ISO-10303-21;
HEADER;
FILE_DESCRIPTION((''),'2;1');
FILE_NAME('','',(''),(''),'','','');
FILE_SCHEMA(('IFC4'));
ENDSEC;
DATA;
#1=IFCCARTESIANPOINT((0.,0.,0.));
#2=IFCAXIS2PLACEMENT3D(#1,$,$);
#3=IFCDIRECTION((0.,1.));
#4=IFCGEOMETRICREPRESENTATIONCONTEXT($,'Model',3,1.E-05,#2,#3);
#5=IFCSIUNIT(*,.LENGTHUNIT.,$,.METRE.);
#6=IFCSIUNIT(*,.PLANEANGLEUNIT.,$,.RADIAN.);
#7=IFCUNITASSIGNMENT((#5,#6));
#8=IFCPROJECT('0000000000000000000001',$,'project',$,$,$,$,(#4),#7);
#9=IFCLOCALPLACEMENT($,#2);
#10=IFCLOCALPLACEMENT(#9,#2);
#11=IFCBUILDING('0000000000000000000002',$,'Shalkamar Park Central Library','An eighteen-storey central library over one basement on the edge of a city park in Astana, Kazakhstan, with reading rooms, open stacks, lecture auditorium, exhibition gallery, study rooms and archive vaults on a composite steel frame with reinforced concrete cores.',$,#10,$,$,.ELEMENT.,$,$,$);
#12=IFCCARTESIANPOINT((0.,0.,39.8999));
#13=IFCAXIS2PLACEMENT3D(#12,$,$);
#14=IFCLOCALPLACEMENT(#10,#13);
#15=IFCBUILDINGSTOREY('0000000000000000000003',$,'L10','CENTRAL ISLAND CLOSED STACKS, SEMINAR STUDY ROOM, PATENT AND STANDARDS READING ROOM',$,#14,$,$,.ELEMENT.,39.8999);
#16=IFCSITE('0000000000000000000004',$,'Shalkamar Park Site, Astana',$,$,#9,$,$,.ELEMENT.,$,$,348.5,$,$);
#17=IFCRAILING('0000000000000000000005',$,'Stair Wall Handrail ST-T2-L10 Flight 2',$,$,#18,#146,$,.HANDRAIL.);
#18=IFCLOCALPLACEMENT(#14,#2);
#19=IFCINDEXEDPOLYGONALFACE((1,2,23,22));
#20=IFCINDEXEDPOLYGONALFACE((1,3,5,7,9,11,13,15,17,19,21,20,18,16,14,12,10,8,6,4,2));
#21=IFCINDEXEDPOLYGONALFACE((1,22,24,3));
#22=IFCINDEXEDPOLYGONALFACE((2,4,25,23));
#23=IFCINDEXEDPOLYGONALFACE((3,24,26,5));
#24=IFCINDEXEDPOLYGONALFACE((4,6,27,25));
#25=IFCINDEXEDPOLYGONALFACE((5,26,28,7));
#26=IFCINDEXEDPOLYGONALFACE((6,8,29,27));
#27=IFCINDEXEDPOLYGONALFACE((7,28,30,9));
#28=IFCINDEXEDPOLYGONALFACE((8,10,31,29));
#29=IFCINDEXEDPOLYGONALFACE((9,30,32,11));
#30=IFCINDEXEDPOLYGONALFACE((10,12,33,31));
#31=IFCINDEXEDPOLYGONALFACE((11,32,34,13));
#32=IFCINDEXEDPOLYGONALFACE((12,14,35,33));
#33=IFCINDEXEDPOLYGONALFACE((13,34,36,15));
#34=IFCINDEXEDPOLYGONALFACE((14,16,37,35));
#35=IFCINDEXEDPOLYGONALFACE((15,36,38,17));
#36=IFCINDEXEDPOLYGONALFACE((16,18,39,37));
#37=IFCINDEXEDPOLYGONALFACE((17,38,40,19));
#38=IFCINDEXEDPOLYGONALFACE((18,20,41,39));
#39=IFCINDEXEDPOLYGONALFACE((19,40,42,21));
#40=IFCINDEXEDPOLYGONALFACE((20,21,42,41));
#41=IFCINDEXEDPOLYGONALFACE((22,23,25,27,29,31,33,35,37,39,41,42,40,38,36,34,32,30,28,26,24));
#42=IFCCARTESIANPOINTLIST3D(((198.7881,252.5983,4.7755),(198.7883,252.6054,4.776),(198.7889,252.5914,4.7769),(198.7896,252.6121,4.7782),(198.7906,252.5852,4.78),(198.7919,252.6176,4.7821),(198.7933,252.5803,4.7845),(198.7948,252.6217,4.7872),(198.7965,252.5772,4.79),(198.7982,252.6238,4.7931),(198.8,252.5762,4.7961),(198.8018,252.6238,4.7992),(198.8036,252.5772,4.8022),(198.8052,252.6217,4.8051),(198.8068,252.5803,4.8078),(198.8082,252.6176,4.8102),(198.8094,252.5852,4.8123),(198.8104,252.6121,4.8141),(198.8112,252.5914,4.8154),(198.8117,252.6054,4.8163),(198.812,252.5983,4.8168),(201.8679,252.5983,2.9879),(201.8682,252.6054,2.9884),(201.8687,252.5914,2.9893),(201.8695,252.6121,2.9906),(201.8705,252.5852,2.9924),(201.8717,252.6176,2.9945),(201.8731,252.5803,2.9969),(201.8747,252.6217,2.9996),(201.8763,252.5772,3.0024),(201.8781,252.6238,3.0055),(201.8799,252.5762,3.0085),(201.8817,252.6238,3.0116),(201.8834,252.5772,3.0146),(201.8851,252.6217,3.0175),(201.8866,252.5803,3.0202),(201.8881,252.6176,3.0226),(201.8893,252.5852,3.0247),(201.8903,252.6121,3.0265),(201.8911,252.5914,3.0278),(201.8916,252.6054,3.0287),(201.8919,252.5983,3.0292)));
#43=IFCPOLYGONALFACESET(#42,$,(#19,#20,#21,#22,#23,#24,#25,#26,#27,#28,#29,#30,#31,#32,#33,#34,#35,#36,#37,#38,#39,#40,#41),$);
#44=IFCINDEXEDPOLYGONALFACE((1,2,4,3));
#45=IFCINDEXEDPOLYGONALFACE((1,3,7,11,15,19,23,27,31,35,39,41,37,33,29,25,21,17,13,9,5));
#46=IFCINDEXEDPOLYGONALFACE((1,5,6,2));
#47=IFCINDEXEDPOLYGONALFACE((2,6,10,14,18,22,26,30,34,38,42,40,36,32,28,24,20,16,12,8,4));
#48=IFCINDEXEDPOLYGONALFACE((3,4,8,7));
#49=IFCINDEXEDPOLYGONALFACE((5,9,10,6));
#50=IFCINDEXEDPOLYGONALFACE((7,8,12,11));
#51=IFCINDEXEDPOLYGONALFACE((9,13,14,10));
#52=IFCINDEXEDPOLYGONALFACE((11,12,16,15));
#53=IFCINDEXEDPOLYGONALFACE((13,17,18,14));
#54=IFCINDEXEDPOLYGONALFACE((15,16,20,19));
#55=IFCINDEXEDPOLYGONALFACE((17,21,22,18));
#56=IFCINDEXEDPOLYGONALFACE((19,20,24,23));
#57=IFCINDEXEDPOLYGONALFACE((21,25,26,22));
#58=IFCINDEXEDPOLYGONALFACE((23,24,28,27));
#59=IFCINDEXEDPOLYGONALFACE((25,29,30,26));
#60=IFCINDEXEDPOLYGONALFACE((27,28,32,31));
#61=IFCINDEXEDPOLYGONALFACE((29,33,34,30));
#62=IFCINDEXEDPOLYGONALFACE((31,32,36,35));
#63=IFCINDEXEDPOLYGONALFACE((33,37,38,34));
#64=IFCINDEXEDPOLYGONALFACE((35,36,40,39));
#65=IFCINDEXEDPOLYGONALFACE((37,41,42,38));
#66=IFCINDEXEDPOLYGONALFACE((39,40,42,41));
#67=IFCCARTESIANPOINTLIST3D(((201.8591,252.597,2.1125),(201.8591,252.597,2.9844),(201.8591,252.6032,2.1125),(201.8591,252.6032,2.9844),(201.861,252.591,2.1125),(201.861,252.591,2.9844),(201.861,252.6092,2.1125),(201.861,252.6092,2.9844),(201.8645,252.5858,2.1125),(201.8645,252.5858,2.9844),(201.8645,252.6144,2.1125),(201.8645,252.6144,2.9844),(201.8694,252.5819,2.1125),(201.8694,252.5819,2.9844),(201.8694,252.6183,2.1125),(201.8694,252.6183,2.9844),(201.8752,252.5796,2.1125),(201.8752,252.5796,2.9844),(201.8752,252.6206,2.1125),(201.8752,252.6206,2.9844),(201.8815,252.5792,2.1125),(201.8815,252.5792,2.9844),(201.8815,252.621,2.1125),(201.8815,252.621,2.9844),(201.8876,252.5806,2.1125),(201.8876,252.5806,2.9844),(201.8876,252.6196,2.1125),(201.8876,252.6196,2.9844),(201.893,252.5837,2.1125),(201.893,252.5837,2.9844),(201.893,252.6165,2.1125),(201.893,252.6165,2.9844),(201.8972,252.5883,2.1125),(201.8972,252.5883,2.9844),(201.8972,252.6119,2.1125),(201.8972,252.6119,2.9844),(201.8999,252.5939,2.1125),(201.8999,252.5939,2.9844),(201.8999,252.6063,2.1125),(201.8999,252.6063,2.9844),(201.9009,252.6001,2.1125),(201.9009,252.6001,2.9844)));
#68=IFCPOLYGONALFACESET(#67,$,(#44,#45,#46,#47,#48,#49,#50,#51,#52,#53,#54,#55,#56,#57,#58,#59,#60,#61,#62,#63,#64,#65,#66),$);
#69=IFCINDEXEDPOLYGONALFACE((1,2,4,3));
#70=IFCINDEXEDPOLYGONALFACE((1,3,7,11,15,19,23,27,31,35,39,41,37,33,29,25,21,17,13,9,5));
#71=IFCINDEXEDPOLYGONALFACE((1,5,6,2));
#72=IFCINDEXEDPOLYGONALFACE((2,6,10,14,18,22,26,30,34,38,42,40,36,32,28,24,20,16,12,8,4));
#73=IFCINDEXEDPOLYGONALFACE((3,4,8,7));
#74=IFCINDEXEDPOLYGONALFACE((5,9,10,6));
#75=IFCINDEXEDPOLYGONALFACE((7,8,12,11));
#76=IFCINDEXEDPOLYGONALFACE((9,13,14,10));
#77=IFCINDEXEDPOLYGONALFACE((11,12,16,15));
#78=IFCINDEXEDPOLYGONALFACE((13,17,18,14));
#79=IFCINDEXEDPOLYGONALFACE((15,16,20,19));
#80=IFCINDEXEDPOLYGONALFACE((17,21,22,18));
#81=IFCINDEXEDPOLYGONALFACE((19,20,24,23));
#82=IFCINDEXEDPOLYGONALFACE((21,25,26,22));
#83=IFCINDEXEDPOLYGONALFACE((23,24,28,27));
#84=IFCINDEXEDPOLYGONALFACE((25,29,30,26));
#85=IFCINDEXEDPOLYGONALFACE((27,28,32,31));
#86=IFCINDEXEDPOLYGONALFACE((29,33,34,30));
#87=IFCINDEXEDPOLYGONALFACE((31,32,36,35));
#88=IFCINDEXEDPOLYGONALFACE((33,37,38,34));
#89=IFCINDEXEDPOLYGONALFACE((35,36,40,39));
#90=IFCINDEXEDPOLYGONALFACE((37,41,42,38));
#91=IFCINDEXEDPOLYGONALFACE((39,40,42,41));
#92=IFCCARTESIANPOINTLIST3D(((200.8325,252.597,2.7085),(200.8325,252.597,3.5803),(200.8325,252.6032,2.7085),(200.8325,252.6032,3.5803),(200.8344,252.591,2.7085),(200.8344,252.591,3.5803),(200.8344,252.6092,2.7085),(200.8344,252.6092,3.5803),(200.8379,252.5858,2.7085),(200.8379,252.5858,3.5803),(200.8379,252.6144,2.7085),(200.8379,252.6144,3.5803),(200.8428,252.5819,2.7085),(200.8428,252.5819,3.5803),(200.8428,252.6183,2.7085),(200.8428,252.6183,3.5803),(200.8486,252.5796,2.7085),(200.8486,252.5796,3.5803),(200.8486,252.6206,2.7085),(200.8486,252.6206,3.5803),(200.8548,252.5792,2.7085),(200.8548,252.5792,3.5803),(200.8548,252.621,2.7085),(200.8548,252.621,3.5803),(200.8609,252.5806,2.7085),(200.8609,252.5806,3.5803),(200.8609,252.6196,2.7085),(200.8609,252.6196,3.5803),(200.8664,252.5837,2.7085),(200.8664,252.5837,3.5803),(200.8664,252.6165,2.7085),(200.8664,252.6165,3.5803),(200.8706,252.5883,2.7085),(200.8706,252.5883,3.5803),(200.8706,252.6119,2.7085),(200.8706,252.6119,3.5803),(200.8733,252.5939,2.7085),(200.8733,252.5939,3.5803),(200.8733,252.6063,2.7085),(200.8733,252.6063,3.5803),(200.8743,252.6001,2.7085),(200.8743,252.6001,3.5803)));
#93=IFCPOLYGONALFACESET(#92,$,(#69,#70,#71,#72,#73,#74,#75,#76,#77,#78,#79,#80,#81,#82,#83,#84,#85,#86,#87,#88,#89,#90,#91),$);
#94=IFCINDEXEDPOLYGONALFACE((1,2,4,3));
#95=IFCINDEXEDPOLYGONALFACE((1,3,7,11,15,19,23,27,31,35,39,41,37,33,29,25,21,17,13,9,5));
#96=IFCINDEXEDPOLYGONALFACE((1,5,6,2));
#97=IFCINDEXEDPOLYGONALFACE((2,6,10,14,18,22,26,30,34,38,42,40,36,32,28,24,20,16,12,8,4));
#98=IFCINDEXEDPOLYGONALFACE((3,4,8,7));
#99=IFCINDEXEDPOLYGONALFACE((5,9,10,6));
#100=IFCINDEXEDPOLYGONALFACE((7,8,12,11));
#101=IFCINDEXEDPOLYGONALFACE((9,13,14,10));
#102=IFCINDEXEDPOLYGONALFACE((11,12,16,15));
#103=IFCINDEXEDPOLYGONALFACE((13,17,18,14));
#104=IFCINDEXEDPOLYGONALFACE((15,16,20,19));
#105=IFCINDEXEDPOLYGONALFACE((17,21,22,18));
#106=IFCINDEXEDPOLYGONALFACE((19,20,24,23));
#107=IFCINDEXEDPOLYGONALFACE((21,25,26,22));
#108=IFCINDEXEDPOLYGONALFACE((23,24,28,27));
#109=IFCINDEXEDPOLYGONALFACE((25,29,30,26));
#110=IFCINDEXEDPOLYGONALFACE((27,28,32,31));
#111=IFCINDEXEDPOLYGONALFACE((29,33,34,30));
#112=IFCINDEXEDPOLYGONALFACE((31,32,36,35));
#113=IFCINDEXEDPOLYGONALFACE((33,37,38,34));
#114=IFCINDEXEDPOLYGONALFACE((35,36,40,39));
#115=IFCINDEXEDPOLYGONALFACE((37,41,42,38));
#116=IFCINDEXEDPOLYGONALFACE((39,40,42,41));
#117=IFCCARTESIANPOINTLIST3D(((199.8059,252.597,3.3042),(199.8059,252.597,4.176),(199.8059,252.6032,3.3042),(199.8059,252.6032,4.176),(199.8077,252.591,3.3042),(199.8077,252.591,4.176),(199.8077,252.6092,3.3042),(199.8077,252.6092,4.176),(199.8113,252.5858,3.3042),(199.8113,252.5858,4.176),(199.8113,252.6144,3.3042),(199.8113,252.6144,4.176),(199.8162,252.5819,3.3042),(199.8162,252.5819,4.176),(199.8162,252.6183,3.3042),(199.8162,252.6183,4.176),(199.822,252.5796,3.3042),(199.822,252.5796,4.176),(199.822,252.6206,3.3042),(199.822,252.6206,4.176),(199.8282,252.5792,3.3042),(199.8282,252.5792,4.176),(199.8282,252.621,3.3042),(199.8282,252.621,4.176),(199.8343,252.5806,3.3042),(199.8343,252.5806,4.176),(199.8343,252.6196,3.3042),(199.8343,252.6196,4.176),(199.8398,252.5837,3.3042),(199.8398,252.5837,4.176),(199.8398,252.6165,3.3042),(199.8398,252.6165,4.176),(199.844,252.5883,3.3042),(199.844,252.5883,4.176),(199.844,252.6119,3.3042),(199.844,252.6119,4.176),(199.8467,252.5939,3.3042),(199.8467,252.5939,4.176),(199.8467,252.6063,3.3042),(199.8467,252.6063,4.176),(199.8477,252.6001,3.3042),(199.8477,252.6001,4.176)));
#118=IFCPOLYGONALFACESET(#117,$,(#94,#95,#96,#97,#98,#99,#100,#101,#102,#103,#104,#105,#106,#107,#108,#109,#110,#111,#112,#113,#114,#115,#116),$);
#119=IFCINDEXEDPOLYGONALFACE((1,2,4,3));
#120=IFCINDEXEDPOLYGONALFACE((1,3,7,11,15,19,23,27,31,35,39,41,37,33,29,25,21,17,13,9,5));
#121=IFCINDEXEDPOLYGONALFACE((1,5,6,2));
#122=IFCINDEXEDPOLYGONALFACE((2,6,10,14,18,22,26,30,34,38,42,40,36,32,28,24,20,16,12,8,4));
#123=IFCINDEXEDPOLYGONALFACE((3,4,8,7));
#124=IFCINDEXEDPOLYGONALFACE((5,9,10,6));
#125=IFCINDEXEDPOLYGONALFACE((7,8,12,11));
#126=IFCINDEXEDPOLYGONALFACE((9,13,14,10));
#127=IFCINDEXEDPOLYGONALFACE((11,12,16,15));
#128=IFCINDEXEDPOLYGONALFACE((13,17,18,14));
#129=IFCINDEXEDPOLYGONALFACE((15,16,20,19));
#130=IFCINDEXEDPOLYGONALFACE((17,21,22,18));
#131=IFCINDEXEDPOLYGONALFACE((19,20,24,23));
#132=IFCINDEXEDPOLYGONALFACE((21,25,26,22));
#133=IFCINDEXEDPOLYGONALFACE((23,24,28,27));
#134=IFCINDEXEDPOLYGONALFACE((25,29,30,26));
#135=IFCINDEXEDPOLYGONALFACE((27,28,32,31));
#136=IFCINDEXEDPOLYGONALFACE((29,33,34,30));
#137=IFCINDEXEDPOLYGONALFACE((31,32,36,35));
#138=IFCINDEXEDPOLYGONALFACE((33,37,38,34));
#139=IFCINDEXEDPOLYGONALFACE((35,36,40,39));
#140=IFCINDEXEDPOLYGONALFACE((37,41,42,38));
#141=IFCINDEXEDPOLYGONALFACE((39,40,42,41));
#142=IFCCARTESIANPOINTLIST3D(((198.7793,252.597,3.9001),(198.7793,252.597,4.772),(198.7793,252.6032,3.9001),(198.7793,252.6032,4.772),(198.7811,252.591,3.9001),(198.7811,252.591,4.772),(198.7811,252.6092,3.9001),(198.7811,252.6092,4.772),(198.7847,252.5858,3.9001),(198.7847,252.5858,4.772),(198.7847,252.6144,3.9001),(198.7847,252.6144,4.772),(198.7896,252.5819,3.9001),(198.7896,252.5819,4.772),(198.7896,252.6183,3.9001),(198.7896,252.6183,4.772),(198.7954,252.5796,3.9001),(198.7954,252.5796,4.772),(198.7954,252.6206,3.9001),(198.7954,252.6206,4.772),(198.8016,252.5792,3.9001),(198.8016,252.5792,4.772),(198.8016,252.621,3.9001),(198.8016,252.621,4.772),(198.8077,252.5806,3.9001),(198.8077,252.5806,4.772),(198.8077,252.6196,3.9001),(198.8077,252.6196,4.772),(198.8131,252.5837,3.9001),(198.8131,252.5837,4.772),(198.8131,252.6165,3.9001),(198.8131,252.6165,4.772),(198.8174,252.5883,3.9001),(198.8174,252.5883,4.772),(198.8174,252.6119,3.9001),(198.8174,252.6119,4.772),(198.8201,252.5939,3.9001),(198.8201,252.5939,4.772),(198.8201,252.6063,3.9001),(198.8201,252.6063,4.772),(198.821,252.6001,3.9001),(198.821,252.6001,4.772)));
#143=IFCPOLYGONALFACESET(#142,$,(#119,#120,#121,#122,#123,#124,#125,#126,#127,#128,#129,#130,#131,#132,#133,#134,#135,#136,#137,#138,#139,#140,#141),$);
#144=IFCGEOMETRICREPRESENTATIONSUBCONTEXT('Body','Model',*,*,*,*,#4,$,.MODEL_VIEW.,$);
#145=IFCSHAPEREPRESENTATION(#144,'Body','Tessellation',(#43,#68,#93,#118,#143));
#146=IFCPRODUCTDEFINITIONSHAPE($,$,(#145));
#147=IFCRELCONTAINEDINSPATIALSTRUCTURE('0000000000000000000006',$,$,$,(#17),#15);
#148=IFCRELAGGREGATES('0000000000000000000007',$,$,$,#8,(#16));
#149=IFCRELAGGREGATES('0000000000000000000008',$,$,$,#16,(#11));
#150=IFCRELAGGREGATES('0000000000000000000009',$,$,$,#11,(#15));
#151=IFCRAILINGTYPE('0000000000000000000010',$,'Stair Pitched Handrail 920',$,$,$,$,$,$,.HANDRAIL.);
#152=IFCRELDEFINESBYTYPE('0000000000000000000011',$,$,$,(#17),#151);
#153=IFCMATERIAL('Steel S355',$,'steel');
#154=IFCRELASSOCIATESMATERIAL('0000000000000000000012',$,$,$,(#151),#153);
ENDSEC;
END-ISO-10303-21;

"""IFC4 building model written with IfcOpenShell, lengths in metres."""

from ifc_helpers import new_model, si_unit, direction, frame, origin, origin_2d, place, context, subcontext, project, spatial, circle, extrude, material, type_object, element, save


model = new_model("IFC4")

# Units and contexts
model_context = context("Model", 3, precision=1e-05, world=origin(), true_north=direction((0.0, 1.0)))
body_context = subcontext(model_context, "Body", "Model", "MODEL_VIEW")
ifc_project = project(units=[si_unit("LENGTHUNIT", "METRE"), si_unit("PLANEANGLEUNIT", "RADIAN")], contexts=[model_context])

# Site, building, storey
site_placement = place(None, origin())
site = spatial("IfcSite", under=ifc_project, at=site_placement, Name="Shalkamar Park Site, Astana", CompositionType="ELEMENT", RefElevation=348.5)
building_placement = place(site_placement, origin())
building = spatial("IfcBuilding", under=site, at=building_placement, Name="Shalkamar Park Central Library", Description="An eighteen-storey central library over one basement on the edge of a city park in Astana, Kazakhstan, with reading rooms, open stacks, lecture auditorium, exhibition gallery, study rooms and archive vaults on a composite steel frame with reinforced concrete cores.", CompositionType="ELEMENT")
storey_placement = place(building_placement, frame((0.0, 0.0, 39.8999)))
storey = spatial("IfcBuildingStorey", under=building, at=storey_placement, Name="L10", Description="CENTRAL ISLAND CLOSED STACKS, SEMINAR STUDY ROOM, PATENT AND STANDARDS READING ROOM", CompositionType="ELEMENT", Elevation=39.8999)

# Shared definitions
ifc_material_1 = material(Name="Steel S355", Category="steel")

# Railing
railing_type_1 = type_object("IfcRailingType", Name="Stair Pitched Handrail 920", PredefinedType="HANDRAIL", material=ifc_material_1)
railing_1_placement = place(storey_placement, frame((201.8799, 252.6001, 2.1125)))
element("IfcRailing", 1, at=railing_1_placement, inside=storey, type_object=railing_type_1, Name="Stair Wall Handrail ST-T2-L10 Flight 2", PredefinedType="HANDRAIL", context=body_context, shape_type="SweptSolid", body=[
    extrude(circle(Radius=0.0239, at=origin_2d()), frame((0.0, 0.0, 0.896), z_axis=(-0.864873, 0.0, 0.50199), x_axis=(0.0, -1.0, 0.0)), (0.0, 0.0, 1.0), 3.561),
    extrude(circle(Radius=0.021, at=origin_2d()), origin(), (0.0, 0.0, 1.0), 0.8718),
    extrude(circle(Radius=0.021, at=origin_2d()), frame((-1.0266, 0.0, 0.5959)), (0.0, 0.0, 1.0), 0.8718),
    extrude(circle(Radius=0.021, at=origin_2d()), frame((-2.0532, 0.0, 1.1917)), (0.0, 0.0, 1.0), 0.8718),
    extrude(circle(Radius=0.021, at=origin_2d()), frame((-3.0798, 0.0, 1.7876)), (0.0, 0.0, 1.0), 0.8718),
])

save(model, "model.ifc")
